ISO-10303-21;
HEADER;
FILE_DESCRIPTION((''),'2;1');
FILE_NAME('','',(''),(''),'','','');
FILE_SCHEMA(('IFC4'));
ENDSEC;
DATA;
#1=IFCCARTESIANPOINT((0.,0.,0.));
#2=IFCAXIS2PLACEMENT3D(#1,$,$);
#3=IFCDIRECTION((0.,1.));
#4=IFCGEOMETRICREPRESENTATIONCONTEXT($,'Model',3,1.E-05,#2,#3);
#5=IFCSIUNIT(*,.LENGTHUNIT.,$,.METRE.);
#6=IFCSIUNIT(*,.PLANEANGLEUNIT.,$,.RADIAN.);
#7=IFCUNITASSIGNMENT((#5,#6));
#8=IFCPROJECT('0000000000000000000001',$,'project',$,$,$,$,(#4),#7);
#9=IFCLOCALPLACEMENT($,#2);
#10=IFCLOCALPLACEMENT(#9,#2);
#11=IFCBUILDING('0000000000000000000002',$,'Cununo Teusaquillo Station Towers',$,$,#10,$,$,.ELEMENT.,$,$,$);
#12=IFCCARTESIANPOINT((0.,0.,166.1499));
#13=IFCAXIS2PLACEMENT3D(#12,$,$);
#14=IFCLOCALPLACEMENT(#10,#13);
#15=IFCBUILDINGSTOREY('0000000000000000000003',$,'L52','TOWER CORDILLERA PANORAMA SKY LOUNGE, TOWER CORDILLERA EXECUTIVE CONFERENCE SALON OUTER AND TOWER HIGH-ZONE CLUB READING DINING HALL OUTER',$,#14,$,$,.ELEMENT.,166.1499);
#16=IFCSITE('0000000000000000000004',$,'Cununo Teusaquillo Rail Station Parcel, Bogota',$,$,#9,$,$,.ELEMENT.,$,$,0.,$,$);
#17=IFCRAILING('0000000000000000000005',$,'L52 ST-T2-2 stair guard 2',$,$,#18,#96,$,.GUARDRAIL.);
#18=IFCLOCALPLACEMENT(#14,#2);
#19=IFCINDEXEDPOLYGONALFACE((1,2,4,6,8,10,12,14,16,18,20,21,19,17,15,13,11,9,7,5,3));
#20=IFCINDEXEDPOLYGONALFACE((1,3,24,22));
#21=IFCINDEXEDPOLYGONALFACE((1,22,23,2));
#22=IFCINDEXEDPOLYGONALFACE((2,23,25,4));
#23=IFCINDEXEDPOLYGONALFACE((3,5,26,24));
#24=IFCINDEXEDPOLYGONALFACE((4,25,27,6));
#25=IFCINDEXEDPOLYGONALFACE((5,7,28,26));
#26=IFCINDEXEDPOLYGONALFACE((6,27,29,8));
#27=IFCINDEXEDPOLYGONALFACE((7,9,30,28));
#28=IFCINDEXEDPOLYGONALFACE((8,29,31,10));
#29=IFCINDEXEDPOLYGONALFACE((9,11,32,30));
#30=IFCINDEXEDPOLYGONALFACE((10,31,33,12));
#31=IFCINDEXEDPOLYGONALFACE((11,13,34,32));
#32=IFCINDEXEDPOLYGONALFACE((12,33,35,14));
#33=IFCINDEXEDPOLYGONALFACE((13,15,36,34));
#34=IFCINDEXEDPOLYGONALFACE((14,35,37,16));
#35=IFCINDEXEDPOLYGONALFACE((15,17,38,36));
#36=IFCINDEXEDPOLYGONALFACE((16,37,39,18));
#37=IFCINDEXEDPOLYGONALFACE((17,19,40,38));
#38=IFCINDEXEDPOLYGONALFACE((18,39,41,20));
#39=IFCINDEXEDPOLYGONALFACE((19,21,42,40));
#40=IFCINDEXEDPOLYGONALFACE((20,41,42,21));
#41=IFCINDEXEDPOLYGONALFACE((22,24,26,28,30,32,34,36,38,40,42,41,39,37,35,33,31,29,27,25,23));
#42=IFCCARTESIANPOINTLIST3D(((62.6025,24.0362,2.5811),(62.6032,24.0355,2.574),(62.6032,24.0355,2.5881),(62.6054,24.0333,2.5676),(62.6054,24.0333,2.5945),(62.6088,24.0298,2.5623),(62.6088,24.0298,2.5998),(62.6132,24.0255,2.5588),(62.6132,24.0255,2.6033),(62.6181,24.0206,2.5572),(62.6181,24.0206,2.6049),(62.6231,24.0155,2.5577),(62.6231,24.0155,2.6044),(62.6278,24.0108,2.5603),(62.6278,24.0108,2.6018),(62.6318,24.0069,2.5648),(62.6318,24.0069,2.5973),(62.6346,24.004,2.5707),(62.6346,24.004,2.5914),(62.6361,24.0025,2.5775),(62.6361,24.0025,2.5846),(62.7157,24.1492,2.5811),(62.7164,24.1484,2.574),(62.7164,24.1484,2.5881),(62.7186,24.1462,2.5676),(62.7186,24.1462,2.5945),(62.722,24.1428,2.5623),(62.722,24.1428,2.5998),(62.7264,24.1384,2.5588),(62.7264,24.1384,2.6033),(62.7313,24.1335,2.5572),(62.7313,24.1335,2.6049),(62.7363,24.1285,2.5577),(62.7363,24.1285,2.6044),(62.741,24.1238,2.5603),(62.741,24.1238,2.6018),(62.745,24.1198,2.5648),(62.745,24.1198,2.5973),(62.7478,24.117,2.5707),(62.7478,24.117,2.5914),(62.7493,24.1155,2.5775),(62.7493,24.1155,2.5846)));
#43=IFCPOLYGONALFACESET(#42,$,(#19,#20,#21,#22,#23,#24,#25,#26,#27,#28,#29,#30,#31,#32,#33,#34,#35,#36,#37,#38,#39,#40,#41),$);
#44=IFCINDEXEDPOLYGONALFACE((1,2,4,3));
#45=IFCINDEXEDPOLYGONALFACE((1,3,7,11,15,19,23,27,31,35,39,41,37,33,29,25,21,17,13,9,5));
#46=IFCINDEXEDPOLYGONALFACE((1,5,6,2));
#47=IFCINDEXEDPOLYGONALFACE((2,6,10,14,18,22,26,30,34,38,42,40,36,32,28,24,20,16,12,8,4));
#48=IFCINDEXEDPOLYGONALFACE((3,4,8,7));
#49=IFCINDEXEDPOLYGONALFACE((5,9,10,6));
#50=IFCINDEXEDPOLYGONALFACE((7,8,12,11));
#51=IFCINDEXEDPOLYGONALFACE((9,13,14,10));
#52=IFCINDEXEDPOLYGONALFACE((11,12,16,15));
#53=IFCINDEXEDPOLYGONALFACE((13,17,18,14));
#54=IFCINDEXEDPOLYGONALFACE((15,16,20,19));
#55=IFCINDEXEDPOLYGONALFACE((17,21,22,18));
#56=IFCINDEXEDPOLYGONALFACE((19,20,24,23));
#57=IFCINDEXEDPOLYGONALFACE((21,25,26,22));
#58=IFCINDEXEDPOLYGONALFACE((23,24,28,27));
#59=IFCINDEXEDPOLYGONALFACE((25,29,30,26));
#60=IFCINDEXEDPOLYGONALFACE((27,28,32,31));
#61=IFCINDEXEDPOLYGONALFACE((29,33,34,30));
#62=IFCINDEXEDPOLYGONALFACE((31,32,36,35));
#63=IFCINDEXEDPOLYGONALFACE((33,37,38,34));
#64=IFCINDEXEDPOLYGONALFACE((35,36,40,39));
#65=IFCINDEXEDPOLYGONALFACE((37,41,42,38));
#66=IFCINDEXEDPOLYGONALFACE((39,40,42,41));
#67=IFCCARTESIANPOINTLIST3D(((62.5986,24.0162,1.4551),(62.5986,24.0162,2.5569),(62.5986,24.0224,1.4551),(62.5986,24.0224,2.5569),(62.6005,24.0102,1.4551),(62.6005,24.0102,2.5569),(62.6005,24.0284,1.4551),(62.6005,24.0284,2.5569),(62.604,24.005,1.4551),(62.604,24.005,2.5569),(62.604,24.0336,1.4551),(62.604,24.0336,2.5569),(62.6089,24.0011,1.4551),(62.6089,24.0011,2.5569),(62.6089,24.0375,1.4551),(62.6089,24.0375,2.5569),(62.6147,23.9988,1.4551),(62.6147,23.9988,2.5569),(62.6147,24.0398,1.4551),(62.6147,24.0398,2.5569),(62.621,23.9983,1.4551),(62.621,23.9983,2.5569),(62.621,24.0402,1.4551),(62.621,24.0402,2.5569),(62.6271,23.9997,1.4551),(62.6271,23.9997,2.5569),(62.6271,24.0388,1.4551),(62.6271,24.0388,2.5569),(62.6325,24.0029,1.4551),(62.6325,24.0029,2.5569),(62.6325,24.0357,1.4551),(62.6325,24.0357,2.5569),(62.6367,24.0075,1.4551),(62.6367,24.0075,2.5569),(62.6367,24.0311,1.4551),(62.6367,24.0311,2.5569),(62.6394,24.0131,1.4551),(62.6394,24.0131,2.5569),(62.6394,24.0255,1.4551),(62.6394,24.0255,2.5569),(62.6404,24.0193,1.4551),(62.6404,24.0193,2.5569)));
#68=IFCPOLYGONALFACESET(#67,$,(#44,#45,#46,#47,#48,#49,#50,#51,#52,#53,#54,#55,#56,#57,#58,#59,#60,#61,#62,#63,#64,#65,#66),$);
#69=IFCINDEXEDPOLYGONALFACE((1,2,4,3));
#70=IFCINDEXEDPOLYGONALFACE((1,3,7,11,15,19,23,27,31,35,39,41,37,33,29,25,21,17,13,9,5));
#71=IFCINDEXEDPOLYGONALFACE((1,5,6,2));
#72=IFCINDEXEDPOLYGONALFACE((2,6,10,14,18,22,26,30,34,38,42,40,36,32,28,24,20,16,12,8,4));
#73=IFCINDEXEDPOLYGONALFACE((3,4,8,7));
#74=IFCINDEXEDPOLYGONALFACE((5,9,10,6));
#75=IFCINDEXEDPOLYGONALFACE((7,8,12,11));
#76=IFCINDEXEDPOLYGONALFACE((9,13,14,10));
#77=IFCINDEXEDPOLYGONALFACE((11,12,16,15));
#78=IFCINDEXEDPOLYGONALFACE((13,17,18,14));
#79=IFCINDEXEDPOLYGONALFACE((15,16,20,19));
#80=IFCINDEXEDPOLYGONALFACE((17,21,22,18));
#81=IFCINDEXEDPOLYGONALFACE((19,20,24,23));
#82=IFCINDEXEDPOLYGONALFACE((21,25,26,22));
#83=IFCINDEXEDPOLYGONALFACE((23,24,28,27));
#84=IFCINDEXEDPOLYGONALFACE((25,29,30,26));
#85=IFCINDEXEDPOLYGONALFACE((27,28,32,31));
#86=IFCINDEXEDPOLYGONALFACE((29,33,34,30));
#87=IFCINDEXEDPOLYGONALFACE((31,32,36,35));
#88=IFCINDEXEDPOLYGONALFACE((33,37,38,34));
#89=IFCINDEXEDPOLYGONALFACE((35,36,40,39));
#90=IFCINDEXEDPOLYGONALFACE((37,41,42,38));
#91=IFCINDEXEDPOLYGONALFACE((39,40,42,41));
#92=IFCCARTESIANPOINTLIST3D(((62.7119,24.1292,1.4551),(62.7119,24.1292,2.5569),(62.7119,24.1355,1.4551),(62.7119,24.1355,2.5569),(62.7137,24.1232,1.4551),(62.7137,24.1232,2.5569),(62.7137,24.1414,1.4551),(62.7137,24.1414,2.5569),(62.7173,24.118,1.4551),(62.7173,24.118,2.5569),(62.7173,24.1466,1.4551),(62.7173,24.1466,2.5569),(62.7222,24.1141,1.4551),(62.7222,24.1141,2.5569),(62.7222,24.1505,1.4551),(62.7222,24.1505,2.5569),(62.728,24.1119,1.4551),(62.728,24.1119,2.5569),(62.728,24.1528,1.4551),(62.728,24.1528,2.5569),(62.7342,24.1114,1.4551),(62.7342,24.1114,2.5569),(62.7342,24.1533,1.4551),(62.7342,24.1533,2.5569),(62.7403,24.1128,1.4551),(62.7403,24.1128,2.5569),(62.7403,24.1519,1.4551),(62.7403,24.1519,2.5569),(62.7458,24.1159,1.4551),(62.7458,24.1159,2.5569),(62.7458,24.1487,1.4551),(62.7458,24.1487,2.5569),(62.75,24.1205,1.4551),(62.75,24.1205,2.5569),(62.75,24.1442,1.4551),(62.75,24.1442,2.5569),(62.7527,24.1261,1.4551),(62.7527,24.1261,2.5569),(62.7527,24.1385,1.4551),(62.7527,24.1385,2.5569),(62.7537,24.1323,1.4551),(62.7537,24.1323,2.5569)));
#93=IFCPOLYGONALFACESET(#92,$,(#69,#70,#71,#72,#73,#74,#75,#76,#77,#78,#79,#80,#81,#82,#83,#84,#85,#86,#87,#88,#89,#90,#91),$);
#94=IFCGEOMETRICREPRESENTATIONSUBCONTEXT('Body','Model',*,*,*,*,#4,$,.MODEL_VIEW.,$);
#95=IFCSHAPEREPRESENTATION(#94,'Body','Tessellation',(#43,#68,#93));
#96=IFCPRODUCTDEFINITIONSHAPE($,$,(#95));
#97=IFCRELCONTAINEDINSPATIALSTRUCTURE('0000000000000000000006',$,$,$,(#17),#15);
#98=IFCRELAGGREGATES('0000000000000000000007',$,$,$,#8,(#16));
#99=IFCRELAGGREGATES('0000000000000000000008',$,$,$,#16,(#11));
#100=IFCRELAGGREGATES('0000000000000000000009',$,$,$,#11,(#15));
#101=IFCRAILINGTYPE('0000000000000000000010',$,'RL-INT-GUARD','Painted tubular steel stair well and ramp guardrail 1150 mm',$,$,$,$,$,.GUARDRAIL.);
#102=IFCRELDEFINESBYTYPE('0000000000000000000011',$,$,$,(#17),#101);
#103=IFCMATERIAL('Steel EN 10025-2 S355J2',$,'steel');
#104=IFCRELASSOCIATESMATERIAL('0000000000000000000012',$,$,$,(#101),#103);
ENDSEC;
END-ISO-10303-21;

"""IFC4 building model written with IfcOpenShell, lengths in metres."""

from ifc_helpers import new_model, si_unit, direction, frame, origin, origin_2d, place, context, subcontext, project, spatial, circle, extrude, material, type_object, element, save


model = new_model("IFC4")

# Units and contexts
model_context = context("Model", 3, precision=1e-05, world=origin(), true_north=direction((0.0, 1.0)))
body_context = subcontext(model_context, "Body", "Model", "MODEL_VIEW")
ifc_project = project(units=[si_unit("LENGTHUNIT", "METRE"), si_unit("PLANEANGLEUNIT", "RADIAN")], contexts=[model_context])

# Site, building, storey
site_placement = place(None, origin())
site = spatial("IfcSite", under=ifc_project, at=site_placement, Name="Cununo Teusaquillo Rail Station Parcel, Bogota", CompositionType="ELEMENT", RefElevation=0.0)
building_placement = place(site_placement, origin())
building = spatial("IfcBuilding", under=site, at=building_placement, Name="Cununo Teusaquillo Station Towers", CompositionType="ELEMENT")
storey_placement = place(building_placement, frame((0.0, 0.0, 166.1499)))
storey = spatial("IfcBuildingStorey", under=building, at=storey_placement, Name="L52", Description="TOWER CORDILLERA PANORAMA SKY LOUNGE, TOWER CORDILLERA EXECUTIVE CONFERENCE SALON OUTER AND TOWER HIGH-ZONE CLUB READING DINING HALL OUTER", CompositionType="ELEMENT", Elevation=166.1499)

# Railing
ifc_material_1 = material(Name="Steel EN 10025-2 S355J2", Category="steel")
railing_type_1 = type_object("IfcRailingType", Name="RL-INT-GUARD", Description="Painted tubular steel stair well and ramp guardrail 1150 mm", PredefinedType="GUARDRAIL", material=ifc_material_1)
railing_1_placement = place(storey_placement, frame((62.6194, 24.0193, 1.4551)))
element("IfcRailing", 1, at=railing_1_placement, inside=storey, type_object=railing_type_1, Name="L52 ST-T2-2 stair guard 2", PredefinedType="GUARDRAIL", context=body_context, shape_type="SweptSolid", body=[
    extrude(circle(Radius=0.0239, at=origin_2d()), frame((0.0, 0.0, 1.126), z_axis=(0.707869, 0.706344, 0.0), x_axis=(-0.706344, 0.707869, 0.0)), (0.0, 0.0, 1.0), 0.1599),
    extrude(circle(Radius=0.021, at=origin_2d()), origin(), (0.0, 0.0, 1.0), 1.1018),
    extrude(circle(Radius=0.021, at=origin_2d()), frame((0.1133, 0.113, 0.0)), (0.0, 0.0, 1.0), 1.1018),
])

save(model, "model.ifc")
